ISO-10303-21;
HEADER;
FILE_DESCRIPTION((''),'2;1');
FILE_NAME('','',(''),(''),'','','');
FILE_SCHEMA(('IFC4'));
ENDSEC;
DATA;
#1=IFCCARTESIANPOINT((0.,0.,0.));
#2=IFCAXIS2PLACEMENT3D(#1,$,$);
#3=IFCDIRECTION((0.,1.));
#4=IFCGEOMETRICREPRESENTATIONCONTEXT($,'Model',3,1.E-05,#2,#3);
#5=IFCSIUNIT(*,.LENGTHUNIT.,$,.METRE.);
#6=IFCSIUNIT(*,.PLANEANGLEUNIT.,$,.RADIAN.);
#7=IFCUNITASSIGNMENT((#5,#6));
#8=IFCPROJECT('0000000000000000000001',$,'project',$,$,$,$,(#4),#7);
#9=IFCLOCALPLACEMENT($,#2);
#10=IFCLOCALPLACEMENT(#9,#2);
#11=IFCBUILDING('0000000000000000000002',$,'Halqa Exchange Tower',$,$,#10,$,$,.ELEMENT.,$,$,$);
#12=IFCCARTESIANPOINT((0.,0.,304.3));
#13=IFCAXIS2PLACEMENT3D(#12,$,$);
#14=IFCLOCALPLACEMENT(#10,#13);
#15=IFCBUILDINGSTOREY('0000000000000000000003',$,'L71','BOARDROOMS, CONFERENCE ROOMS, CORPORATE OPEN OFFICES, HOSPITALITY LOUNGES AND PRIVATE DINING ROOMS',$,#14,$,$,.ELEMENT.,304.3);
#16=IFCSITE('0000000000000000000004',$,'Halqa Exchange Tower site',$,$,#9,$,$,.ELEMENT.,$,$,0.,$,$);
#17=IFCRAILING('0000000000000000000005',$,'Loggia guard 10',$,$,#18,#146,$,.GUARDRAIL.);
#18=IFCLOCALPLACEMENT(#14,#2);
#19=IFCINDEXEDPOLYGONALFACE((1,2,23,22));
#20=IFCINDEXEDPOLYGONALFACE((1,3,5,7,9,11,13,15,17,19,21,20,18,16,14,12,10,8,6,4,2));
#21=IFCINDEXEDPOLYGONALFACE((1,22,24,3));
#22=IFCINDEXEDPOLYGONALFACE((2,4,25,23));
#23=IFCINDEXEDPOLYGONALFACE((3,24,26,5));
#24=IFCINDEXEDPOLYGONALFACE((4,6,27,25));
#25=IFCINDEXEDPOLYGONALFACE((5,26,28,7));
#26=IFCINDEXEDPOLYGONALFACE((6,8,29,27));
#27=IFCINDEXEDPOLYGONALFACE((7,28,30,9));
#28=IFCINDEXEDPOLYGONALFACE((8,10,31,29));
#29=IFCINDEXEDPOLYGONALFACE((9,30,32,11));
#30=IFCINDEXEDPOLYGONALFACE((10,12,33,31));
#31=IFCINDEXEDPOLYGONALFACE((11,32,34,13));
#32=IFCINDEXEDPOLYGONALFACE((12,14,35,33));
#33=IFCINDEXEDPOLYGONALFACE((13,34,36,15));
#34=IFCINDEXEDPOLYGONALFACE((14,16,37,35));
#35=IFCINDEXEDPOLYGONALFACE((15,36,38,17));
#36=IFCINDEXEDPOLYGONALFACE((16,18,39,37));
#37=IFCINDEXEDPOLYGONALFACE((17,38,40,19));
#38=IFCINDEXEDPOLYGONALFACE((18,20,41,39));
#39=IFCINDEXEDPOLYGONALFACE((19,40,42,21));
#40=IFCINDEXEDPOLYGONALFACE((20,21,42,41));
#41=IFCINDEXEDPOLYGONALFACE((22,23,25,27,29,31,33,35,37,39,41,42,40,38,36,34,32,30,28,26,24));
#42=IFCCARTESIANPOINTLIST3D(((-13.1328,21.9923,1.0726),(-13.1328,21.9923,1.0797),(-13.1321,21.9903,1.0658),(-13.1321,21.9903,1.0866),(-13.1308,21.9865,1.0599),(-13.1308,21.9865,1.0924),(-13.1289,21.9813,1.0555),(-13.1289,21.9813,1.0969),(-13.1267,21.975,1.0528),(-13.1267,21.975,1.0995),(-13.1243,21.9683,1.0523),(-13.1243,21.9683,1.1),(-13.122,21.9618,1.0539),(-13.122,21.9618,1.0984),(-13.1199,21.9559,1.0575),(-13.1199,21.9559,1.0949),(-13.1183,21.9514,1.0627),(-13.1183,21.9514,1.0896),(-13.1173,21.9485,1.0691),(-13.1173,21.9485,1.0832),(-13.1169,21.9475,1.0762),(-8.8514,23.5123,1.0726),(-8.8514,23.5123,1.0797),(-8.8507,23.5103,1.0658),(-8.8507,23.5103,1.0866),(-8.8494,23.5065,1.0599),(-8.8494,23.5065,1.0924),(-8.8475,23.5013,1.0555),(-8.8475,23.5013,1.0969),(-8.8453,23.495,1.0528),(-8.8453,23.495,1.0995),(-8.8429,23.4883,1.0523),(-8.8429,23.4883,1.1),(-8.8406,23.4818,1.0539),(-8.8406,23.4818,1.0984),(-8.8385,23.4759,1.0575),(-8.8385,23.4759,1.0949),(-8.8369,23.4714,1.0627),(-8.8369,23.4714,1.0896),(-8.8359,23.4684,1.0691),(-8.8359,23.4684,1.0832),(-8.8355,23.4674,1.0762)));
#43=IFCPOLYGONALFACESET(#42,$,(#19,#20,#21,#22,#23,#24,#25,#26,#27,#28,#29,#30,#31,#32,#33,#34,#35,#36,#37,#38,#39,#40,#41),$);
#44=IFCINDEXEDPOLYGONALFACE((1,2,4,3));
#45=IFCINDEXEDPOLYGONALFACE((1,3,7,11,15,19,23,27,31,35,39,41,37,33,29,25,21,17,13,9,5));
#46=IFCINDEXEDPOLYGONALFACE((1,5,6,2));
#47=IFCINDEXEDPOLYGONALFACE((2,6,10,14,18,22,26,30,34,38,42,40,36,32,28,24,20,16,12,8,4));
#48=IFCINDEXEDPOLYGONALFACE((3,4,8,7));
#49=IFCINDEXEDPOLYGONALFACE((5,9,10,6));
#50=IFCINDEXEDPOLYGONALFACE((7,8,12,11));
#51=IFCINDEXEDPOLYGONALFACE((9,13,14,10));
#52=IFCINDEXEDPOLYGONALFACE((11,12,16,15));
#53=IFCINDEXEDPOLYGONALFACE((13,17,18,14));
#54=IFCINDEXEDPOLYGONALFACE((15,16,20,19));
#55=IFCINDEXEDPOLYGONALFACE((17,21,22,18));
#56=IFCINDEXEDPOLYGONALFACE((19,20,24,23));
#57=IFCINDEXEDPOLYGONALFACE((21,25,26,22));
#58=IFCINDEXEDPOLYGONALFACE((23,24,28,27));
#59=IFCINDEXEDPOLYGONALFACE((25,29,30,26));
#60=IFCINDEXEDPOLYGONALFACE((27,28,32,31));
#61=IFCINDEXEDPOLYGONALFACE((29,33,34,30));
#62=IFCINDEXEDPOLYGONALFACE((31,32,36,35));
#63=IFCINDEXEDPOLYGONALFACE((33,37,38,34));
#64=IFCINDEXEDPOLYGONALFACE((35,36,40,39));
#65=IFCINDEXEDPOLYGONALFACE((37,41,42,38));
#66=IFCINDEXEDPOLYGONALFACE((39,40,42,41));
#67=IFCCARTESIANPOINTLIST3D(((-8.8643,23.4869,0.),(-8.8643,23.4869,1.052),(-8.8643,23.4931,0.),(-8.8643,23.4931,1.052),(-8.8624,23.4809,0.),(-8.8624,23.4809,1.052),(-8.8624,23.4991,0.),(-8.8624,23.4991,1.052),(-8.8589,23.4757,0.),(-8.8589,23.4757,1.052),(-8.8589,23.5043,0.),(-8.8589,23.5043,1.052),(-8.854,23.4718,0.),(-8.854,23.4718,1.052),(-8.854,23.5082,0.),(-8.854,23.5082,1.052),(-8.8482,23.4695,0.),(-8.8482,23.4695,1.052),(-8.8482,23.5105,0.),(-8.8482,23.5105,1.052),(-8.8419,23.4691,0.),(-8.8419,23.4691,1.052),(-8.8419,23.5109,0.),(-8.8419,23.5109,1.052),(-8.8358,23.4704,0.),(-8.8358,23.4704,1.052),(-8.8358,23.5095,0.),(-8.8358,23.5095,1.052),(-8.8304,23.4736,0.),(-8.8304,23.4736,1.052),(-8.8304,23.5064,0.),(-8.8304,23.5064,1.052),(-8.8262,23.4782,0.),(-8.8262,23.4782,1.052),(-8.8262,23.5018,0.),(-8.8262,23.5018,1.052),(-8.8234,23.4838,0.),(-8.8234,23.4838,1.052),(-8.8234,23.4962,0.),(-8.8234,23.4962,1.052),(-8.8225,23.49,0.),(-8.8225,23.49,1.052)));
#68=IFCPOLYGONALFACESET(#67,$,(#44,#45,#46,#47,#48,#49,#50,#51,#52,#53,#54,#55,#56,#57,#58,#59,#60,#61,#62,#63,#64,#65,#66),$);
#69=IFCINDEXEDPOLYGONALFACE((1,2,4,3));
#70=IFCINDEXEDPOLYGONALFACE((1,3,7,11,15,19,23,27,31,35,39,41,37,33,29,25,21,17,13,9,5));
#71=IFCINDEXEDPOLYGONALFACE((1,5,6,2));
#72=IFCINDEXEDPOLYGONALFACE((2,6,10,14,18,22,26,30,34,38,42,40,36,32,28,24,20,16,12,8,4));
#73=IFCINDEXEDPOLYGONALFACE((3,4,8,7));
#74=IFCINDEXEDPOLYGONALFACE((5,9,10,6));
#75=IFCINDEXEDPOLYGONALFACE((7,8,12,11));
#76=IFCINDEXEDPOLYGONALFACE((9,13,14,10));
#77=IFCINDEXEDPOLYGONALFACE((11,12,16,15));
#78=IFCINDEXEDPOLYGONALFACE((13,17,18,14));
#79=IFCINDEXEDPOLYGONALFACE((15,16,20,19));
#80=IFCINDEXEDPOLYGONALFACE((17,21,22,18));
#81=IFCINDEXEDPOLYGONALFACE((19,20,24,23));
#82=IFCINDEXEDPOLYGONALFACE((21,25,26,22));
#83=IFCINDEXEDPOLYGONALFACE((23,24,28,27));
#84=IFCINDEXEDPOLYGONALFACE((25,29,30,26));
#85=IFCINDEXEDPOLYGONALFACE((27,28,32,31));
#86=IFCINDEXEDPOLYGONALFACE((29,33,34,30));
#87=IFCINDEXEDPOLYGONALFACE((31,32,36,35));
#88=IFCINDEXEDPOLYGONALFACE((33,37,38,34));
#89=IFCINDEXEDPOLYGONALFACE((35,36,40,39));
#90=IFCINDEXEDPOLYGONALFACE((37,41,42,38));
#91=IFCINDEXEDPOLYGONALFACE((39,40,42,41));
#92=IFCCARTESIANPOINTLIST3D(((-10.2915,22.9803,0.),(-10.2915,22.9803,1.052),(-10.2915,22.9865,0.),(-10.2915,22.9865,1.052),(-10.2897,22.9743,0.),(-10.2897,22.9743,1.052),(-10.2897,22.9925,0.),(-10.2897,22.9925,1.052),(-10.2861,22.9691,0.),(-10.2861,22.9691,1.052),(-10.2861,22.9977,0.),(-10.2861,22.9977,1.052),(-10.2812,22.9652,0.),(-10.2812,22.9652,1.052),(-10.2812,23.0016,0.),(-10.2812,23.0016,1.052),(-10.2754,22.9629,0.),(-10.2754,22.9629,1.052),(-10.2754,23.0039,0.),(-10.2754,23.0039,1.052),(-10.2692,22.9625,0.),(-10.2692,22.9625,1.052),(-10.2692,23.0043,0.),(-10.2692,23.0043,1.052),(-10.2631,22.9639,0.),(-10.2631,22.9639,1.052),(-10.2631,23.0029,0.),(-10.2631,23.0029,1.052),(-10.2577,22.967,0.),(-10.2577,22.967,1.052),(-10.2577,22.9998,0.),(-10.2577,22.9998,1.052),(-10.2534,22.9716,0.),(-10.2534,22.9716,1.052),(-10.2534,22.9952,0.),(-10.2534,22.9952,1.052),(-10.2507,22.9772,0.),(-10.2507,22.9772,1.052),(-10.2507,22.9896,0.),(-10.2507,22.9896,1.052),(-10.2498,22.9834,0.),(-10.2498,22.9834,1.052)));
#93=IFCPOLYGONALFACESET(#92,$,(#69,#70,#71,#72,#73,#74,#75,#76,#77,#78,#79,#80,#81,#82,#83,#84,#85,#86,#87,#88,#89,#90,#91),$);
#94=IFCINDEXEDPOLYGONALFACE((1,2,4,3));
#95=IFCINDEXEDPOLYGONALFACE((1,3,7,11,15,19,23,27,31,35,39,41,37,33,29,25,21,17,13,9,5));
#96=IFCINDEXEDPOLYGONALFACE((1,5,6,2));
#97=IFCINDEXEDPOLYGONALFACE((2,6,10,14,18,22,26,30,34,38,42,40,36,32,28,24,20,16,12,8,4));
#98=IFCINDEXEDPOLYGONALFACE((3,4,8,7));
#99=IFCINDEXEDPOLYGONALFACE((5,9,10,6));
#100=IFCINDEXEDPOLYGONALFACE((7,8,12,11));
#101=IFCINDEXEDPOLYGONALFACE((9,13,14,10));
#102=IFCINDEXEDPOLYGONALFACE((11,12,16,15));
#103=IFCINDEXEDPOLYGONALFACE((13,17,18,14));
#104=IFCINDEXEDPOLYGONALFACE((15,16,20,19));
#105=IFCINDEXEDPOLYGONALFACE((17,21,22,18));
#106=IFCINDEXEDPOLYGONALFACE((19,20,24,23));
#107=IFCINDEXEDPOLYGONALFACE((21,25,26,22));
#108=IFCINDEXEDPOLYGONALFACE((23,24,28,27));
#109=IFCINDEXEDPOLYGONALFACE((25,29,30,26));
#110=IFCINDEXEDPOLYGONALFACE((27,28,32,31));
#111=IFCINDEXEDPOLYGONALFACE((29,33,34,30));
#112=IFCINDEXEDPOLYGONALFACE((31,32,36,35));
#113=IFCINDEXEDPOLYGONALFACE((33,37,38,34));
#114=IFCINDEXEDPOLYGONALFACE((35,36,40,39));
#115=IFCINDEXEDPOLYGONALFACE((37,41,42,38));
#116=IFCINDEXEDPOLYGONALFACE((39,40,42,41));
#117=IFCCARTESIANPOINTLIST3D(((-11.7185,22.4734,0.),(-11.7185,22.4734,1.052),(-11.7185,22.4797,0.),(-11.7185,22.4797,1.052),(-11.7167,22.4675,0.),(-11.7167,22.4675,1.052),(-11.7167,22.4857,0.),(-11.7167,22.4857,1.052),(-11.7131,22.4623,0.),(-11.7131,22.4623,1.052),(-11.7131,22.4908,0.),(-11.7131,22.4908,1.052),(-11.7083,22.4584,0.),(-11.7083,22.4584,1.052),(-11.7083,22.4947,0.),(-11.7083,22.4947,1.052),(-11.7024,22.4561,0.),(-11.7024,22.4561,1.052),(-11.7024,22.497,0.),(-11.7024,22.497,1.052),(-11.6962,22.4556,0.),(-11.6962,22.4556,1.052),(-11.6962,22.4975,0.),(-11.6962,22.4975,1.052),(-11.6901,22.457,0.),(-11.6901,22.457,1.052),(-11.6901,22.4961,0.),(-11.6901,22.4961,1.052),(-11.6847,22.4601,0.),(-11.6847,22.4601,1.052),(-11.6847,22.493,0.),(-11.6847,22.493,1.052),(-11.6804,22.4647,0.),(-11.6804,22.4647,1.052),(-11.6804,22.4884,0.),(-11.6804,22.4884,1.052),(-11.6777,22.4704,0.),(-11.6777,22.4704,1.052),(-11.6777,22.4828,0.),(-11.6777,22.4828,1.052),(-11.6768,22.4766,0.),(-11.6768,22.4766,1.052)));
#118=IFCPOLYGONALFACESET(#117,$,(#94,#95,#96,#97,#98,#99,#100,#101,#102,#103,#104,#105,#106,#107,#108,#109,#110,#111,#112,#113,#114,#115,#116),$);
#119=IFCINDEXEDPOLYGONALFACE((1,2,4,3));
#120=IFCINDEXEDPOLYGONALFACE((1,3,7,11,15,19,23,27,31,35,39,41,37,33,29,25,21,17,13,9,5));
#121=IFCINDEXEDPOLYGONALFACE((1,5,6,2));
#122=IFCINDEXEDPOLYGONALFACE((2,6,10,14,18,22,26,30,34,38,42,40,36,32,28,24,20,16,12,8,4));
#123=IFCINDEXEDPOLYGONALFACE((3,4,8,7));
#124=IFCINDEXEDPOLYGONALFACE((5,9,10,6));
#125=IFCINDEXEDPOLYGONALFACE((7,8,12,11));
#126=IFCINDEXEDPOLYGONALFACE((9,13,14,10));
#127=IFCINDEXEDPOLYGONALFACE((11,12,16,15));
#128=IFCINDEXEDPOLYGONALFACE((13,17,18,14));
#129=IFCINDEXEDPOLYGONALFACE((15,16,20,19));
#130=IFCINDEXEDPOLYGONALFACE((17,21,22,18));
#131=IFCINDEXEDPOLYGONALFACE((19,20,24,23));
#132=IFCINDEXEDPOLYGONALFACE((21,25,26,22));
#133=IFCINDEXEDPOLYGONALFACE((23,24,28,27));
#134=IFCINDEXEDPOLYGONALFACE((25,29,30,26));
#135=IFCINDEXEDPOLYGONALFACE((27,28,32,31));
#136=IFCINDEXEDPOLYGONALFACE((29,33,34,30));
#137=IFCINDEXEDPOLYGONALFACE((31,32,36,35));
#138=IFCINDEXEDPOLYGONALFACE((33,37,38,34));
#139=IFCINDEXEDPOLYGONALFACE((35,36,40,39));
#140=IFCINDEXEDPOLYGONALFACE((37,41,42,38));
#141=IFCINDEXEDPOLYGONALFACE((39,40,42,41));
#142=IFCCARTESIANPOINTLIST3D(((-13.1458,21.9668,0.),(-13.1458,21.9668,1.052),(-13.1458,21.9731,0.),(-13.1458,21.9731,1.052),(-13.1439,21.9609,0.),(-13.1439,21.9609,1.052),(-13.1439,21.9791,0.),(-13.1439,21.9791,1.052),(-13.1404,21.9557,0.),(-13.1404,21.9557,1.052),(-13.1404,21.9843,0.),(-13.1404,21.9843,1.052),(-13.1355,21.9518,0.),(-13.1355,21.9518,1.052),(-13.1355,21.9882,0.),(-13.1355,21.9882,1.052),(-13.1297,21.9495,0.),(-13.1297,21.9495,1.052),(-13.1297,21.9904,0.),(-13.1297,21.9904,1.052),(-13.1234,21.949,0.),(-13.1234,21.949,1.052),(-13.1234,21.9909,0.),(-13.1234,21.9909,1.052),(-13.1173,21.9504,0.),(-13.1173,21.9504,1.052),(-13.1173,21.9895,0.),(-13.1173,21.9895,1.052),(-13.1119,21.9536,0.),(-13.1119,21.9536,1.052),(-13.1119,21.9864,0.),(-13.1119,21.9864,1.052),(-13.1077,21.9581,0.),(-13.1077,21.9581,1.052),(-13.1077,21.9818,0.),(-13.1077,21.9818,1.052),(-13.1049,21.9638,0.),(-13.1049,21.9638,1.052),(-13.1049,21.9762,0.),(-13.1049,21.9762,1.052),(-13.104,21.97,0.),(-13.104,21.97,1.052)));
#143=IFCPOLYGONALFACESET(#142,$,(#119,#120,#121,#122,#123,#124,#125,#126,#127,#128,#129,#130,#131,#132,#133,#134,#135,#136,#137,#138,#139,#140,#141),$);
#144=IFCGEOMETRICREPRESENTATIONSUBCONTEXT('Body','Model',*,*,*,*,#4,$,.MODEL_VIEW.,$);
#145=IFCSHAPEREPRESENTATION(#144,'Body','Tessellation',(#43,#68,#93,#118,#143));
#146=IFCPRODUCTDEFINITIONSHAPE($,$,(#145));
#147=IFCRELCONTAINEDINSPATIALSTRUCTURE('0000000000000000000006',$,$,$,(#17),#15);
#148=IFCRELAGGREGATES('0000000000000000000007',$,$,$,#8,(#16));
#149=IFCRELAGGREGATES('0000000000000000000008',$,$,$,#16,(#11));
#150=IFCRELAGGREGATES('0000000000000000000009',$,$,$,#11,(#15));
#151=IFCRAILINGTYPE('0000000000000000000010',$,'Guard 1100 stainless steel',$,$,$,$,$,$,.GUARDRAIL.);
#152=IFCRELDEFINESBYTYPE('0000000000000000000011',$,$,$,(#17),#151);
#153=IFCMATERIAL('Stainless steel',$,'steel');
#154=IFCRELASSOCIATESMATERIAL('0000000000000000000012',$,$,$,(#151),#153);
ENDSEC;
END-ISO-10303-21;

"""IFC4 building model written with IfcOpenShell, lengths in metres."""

from ifc_helpers import new_model, si_unit, direction, frame, origin, origin_2d, place, context, subcontext, project, spatial, circle, extrude, material, type_object, element, save


model = new_model("IFC4")

# Units and contexts
model_context = context("Model", 3, precision=1e-05, world=origin(), true_north=direction((0.0, 1.0)))
body_context = subcontext(model_context, "Body", "Model", "MODEL_VIEW")
ifc_project = project(units=[si_unit("LENGTHUNIT", "METRE"), si_unit("PLANEANGLEUNIT", "RADIAN")], contexts=[model_context])

# Site, building, storey
site_placement = place(None, origin())
site = spatial("IfcSite", under=ifc_project, at=site_placement, Name="Halqa Exchange Tower site", CompositionType="ELEMENT", RefElevation=0.0)
building_placement = place(site_placement, origin())
building = spatial("IfcBuilding", under=site, at=building_placement, Name="Halqa Exchange Tower", CompositionType="ELEMENT")
storey_placement = place(building_placement, frame((0.0, 0.0, 304.3)))
storey = spatial("IfcBuildingStorey", under=building, at=storey_placement, Name="L71", Description="BOARDROOMS, CONFERENCE ROOMS, CORPORATE OPEN OFFICES, HOSPITALITY LOUNGES AND PRIVATE DINING ROOMS", CompositionType="ELEMENT", Elevation=304.3)

# Railing
ifc_material_1 = material(Name="Stainless steel", Category="steel")
railing_type_1 = type_object("IfcRailingType", Name="Guard 1100 stainless steel", PredefinedType="GUARDRAIL", material=ifc_material_1)
railing_1_placement = place(storey_placement, frame((-8.8435, 23.49, 0.0)))
element("IfcRailing", 1, at=railing_1_placement, inside=storey, type_object=railing_type_1, Name="Loggia guard 10", PredefinedType="GUARDRAIL", context=body_context, shape_type="SweptSolid", body=[
    extrude(circle(Radius=0.0239, at=origin_2d()), frame((0.0, 0.0, 1.0762), z_axis=(-0.942374, -0.334562, 0.0), x_axis=(0.334562, -0.942374, 0.0)), (0.0, 0.0, 1.0), 4.5432),
    extrude(circle(Radius=0.021, at=origin_2d()), origin(), (0.0, 0.0, 1.0), 1.052),
    extrude(circle(Radius=0.021, at=origin_2d()), frame((-1.4272, -0.5066, 0.0)), (0.0, 0.0, 1.0), 1.052),
    extrude(circle(Radius=0.021, at=origin_2d()), frame((-2.8542, -1.0134, 0.0)), (0.0, 0.0, 1.0), 1.052),
    extrude(circle(Radius=0.021, at=origin_2d()), frame((-4.2815, -1.52, 0.0)), (0.0, 0.0, 1.0), 1.052),
])

save(model, "model.ifc")
